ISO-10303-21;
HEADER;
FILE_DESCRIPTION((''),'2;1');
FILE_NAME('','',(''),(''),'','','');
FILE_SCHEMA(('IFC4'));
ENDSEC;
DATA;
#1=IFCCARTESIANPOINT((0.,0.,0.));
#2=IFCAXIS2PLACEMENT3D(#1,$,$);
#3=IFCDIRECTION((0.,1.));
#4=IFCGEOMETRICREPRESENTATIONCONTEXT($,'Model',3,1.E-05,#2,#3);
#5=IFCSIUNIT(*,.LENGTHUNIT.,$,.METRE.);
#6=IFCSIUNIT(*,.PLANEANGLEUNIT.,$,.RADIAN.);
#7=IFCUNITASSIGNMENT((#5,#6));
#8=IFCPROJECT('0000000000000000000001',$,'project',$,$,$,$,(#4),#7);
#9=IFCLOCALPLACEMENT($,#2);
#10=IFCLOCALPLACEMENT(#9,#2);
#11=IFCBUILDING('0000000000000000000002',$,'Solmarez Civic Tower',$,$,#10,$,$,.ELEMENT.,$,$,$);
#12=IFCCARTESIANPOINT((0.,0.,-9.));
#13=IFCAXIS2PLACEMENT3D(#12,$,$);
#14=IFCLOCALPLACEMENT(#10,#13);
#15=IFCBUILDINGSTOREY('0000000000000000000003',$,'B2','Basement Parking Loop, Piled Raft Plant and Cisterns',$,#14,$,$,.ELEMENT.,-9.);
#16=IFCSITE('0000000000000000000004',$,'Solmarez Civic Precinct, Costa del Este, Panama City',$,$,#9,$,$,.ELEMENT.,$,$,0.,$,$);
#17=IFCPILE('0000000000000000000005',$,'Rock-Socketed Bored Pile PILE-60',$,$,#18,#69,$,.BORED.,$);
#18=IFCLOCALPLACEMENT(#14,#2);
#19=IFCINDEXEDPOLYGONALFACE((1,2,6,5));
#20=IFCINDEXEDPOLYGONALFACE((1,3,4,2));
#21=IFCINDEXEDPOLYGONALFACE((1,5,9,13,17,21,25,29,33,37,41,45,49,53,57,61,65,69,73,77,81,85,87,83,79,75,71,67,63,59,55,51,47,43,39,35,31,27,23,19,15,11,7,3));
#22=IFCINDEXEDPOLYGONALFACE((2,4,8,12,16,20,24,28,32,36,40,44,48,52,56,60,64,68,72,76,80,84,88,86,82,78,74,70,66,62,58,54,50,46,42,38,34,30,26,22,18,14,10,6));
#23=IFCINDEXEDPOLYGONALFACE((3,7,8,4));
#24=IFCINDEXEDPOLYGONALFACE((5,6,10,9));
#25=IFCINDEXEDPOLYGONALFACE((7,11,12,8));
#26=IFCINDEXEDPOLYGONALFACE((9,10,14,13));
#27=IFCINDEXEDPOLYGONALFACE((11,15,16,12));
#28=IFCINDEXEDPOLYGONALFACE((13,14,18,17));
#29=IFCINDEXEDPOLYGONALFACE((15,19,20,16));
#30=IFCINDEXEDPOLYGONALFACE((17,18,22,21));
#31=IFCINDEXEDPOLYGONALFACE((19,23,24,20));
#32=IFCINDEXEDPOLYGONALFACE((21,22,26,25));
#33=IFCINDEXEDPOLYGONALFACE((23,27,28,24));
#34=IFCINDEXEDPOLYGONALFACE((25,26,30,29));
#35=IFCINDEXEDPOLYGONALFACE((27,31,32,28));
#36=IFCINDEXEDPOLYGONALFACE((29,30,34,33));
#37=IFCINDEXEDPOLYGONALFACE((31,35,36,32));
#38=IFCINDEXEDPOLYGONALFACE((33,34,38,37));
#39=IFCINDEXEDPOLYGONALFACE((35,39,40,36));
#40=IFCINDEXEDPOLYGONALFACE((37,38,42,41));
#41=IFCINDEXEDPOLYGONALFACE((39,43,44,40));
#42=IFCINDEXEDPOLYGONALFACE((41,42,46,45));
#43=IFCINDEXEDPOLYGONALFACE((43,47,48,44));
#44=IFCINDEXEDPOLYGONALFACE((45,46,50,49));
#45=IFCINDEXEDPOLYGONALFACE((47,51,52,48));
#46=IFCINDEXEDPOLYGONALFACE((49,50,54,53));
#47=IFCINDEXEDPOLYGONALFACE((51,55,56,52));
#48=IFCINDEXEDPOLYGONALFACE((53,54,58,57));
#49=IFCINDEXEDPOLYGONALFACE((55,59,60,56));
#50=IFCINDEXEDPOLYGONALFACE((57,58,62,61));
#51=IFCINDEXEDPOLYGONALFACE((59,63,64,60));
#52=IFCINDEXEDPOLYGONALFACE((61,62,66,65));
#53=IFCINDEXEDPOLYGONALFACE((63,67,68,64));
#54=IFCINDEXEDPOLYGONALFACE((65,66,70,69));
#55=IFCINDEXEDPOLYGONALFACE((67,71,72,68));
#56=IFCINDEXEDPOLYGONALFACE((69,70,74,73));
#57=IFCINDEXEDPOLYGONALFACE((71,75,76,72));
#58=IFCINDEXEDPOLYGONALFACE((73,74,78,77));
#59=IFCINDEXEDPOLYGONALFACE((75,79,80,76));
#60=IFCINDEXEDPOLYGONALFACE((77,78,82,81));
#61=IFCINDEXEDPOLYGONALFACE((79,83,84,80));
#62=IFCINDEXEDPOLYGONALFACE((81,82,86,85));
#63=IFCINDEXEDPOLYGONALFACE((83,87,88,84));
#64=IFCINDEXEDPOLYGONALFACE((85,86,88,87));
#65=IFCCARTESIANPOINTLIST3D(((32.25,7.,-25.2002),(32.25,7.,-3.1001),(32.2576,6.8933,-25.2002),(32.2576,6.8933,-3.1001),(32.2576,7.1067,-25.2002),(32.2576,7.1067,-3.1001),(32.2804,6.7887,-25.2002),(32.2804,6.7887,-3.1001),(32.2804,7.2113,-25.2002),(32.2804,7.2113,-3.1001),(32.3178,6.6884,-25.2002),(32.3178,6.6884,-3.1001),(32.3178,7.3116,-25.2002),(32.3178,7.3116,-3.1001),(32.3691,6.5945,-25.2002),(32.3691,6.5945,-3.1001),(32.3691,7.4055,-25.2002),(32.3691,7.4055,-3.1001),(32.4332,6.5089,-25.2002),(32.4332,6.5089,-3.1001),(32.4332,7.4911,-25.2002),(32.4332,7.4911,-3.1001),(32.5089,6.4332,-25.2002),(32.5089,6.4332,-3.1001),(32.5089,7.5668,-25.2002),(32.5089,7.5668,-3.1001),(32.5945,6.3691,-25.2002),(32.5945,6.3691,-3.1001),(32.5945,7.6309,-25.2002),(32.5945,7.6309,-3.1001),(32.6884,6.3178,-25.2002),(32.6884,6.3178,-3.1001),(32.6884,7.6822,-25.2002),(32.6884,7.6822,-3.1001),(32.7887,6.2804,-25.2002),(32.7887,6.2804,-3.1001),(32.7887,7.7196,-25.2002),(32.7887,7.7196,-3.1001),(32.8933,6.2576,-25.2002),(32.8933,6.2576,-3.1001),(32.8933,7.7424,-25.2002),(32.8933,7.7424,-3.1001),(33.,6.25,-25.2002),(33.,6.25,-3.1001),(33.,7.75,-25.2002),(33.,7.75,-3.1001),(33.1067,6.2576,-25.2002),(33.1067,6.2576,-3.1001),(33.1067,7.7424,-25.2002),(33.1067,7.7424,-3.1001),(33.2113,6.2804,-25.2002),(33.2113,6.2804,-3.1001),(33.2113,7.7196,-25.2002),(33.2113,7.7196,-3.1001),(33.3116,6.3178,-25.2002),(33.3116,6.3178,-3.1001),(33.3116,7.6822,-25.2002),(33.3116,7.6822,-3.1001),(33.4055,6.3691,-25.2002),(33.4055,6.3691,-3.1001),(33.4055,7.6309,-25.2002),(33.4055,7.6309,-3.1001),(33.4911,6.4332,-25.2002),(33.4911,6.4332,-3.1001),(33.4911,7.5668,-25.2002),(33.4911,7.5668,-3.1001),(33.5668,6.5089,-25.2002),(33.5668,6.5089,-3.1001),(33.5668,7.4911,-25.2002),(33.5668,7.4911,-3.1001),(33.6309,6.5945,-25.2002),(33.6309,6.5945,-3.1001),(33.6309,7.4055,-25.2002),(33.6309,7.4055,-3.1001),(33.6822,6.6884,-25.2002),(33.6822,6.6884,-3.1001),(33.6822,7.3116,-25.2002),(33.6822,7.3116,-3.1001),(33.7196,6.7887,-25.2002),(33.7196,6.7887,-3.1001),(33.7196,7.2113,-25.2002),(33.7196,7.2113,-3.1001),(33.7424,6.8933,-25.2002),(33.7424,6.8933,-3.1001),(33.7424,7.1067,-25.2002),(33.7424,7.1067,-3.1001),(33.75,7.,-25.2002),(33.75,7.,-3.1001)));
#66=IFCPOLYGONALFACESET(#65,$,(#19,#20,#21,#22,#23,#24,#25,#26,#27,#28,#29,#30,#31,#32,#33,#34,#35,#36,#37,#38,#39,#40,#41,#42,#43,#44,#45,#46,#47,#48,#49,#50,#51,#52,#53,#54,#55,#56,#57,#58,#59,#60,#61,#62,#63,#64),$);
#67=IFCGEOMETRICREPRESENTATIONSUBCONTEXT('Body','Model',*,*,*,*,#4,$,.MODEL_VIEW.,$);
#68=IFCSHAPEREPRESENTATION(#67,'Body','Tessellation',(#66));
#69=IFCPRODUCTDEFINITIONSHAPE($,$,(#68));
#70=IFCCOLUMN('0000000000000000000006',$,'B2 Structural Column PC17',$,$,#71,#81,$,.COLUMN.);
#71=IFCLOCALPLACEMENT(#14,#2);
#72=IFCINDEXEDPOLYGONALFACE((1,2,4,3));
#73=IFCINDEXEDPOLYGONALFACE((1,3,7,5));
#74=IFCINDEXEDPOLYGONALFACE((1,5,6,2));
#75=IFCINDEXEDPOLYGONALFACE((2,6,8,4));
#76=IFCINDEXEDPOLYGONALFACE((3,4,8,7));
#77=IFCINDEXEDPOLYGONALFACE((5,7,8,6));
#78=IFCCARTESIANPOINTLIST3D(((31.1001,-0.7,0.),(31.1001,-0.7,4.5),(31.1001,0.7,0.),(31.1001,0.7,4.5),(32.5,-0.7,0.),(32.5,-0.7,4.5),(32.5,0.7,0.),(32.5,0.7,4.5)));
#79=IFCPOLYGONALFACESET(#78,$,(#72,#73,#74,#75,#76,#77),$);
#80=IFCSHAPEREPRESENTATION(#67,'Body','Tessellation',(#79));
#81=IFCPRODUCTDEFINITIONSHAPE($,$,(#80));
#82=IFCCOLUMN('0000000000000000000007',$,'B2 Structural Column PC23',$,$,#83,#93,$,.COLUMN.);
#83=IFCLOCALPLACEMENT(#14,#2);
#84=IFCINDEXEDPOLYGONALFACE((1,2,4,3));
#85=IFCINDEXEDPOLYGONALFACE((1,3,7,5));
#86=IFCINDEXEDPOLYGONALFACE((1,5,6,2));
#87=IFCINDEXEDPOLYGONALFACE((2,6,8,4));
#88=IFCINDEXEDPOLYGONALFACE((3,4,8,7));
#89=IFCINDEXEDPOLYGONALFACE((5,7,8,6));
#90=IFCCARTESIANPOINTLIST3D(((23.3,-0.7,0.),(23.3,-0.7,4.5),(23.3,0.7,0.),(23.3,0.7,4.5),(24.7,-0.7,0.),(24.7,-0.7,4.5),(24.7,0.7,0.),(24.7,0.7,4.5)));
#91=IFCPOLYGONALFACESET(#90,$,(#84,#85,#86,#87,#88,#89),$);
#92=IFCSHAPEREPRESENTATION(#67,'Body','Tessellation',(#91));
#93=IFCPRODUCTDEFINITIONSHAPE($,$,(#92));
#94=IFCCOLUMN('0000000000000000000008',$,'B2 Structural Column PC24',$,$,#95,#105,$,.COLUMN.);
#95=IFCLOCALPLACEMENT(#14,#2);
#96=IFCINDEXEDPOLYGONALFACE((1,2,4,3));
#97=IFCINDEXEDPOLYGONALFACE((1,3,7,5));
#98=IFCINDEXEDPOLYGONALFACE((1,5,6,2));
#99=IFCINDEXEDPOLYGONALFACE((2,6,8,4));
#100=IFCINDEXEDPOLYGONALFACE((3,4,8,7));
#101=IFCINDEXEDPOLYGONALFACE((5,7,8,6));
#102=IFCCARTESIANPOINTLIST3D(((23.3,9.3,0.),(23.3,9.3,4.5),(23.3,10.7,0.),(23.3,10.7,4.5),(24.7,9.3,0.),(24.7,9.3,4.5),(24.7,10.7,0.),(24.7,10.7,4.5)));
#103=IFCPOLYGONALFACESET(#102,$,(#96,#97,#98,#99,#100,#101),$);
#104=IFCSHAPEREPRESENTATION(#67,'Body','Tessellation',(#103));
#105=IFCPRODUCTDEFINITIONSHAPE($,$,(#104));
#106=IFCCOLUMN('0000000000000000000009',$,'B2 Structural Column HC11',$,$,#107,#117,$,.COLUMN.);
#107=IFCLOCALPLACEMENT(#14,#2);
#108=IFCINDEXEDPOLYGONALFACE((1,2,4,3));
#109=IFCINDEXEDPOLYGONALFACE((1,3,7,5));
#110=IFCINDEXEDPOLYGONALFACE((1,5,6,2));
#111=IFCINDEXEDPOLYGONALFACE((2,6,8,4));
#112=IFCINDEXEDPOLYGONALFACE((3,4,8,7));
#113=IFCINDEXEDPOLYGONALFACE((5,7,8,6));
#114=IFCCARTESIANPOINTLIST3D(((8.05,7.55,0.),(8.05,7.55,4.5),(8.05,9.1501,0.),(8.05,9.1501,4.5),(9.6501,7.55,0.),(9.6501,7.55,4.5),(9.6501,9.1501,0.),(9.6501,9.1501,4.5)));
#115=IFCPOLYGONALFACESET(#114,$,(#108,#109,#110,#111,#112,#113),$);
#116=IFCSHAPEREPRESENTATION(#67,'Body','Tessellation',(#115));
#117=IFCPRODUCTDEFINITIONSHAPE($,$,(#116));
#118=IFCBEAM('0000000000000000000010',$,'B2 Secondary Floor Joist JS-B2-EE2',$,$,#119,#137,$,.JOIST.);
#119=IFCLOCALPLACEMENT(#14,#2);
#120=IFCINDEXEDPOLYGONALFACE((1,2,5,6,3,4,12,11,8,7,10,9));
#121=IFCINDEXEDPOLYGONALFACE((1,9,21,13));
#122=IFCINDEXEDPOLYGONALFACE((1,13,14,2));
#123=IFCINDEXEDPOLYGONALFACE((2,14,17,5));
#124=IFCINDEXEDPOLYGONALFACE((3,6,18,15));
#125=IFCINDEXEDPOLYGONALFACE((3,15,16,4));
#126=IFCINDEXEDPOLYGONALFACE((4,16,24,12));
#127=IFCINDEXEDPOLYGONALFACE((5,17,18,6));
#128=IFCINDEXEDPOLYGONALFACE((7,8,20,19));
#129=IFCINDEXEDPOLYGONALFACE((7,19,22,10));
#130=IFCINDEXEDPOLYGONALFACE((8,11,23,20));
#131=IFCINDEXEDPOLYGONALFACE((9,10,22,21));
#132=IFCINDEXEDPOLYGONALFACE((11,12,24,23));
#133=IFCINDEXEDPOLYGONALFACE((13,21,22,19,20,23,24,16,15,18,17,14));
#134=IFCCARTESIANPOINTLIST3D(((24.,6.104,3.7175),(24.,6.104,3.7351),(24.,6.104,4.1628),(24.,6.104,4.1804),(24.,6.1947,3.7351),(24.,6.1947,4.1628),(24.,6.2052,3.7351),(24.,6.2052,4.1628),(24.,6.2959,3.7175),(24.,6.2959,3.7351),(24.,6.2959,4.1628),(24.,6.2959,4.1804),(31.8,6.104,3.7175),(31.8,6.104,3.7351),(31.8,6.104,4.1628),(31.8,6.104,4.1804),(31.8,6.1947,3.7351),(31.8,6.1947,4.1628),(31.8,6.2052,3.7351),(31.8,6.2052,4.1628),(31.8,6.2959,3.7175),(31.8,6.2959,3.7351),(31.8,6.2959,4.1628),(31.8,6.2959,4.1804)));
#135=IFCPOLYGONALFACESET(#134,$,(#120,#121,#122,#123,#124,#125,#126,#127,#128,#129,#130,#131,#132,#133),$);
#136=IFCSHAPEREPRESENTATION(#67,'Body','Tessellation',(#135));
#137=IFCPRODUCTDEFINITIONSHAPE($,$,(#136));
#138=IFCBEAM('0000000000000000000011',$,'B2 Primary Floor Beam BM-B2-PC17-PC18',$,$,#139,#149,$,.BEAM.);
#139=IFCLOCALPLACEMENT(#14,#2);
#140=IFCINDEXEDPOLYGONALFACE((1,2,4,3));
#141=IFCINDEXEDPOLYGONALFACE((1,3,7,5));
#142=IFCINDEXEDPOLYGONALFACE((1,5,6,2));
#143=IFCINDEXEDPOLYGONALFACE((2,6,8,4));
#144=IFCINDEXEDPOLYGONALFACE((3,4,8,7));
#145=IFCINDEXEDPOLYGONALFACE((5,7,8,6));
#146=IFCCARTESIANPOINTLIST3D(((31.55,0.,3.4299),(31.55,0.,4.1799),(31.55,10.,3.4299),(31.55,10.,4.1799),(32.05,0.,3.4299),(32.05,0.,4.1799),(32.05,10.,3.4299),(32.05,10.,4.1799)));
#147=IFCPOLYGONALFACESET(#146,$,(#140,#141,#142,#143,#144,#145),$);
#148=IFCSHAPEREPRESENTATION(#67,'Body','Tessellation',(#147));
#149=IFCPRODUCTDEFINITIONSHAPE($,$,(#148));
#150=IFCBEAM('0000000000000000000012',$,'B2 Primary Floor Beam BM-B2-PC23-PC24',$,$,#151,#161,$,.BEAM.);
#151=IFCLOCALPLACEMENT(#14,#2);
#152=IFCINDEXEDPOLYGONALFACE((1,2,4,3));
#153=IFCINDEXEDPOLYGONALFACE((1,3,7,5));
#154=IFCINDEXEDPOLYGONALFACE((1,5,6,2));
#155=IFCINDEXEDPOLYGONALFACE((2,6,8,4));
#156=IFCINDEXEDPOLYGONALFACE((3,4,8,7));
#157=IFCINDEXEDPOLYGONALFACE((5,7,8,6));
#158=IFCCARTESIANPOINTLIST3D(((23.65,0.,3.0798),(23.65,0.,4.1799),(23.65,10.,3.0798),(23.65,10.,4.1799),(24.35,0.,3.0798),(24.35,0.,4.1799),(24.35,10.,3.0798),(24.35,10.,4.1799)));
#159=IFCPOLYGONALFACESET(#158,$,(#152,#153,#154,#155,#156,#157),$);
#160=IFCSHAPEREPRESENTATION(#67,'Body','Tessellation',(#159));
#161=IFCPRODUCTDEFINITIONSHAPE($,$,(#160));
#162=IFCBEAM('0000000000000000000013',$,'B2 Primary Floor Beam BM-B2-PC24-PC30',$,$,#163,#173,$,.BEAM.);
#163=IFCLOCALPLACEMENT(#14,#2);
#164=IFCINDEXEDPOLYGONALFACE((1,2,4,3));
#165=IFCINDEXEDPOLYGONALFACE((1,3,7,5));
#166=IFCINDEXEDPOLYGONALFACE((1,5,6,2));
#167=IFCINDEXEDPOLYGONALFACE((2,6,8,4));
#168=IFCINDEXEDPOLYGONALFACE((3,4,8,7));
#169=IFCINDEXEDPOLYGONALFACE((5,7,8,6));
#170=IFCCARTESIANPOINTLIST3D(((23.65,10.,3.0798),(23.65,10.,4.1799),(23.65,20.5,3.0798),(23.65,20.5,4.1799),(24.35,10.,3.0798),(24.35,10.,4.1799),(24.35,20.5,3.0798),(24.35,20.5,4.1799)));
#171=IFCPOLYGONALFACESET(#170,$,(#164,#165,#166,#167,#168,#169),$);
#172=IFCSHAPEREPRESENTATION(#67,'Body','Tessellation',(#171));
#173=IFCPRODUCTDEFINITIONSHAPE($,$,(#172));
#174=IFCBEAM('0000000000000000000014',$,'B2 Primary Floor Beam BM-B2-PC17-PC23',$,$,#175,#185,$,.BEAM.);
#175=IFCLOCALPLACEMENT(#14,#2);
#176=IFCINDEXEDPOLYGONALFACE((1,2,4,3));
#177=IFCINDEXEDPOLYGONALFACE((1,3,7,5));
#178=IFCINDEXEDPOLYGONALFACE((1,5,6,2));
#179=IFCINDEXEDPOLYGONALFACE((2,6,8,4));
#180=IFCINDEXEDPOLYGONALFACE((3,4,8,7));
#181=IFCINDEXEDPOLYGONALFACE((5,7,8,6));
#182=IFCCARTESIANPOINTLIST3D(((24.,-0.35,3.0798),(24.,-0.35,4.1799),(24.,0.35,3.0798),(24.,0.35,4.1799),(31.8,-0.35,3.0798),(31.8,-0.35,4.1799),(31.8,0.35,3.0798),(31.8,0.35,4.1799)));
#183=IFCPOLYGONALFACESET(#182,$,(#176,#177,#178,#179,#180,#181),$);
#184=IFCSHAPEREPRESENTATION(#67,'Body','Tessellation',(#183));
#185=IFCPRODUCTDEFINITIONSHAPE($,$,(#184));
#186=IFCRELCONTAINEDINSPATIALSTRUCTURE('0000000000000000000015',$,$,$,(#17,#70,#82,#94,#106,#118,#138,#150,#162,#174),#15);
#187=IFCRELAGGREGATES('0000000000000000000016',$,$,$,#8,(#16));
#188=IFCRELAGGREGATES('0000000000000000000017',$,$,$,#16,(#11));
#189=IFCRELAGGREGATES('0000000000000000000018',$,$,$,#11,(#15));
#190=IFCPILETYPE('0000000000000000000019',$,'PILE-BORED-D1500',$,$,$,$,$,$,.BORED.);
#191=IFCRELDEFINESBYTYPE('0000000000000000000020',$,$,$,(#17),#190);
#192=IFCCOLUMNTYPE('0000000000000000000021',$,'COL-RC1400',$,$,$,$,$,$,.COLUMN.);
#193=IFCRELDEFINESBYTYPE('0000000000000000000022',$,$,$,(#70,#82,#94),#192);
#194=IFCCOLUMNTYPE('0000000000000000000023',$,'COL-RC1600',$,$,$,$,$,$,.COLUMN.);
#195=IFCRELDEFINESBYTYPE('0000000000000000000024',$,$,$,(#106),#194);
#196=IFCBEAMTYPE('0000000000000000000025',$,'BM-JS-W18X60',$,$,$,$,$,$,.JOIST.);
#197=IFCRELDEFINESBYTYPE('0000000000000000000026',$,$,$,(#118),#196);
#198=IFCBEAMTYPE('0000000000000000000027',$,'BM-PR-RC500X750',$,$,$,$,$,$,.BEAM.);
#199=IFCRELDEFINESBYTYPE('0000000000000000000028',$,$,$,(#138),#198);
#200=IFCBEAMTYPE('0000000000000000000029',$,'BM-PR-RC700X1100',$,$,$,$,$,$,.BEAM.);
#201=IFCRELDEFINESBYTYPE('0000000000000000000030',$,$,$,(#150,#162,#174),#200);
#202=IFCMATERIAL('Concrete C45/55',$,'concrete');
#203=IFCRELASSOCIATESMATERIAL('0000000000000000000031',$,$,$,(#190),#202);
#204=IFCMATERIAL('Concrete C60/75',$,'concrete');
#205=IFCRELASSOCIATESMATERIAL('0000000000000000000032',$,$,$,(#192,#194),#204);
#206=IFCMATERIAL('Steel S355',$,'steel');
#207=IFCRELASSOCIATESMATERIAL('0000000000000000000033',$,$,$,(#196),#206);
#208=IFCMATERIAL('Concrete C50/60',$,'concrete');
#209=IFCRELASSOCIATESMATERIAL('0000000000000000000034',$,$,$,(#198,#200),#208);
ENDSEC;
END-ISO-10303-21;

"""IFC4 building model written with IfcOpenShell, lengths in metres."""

from ifc_helpers import new_model, si_unit, direction, frame, origin, origin_2d, place, context, subcontext, project, spatial, rectangle, circle, i_section, extrude, material, material_profile, profile_set, type_object, element, save


model = new_model("IFC4")

# Units and contexts
model_context = context("Model", 3, precision=1e-05, world=origin(), true_north=direction((0.0, 1.0)))
body_context = subcontext(model_context, "Body", "Model", "MODEL_VIEW")
ifc_project = project(units=[si_unit("LENGTHUNIT", "METRE"), si_unit("PLANEANGLEUNIT", "RADIAN")], contexts=[model_context])

# Site, building, storey
site_placement = place(None, origin())
site = spatial("IfcSite", under=ifc_project, at=site_placement, Name="Solmarez Civic Precinct, Costa del Este, Panama City", CompositionType="ELEMENT", RefElevation=0.0)
building_placement = place(site_placement, origin())
building = spatial("IfcBuilding", under=site, at=building_placement, Name="Solmarez Civic Tower", CompositionType="ELEMENT")
storey_placement = place(building_placement, frame((0.0, 0.0, -9.0)))
storey = spatial("IfcBuildingStorey", under=building, at=storey_placement, Name="B2", Description="Basement Parking Loop, Piled Raft Plant and Cisterns", CompositionType="ELEMENT", Elevation=-9.0)

# Pile
ifc_material_1 = material(Name="Concrete C45/55", Category="concrete")
ifc_material_profile_1 = material_profile(ifc_material_1, circle(Radius=0.75, at=origin_2d()), Name="PILE-D1500")
ifc_profile_set_1 = profile_set([ifc_material_profile_1], Name="Concrete C45/55")
pile_type = type_object("IfcPileType", Name="PILE-BORED-D1500", PredefinedType="BORED", material=ifc_profile_set_1)
for number, where, z_axis, x_axis, name in (
    (1, (33.0, 7.0, -3.1001), (0.0, 0.0, -1.0), (1.0, 0.0, 0.0), "Rock-Socketed Bored Pile PILE-60"),
):
    element("IfcPile", number, at=place(storey_placement, frame(where, z_axis=z_axis, x_axis=x_axis)), inside=storey, type_object=pile_type, Name=name, PredefinedType="BORED", context=body_context, shape_type="SweptSolid", body=[
        extrude(circle(Radius=0.75, at=origin_2d()), origin(), (0.0, 0.0, 1.0), 22.1001),
    ])

# Columns
ifc_material_2 = material(Name="Concrete C60/75", Category="concrete")
ifc_material_profile_2 = material_profile(ifc_material_2, rectangle(XDim=1.3999, YDim=1.3999, at=origin_2d()), Name="RC1400X1400")
ifc_profile_set_2 = profile_set([ifc_material_profile_2], Name="Concrete C60/75")
column_type_1 = type_object("IfcColumnType", Name="COL-RC1400", PredefinedType="COLUMN", material=ifc_profile_set_2)
for number, where, z_axis, x_axis, name in (
    (2, (31.8, 0.0, 0.0), (0.0, 0.0, 1.0), (1.0, 0.0, 0.0), "B2 Structural Column PC17"),
    (3, (24.0, 0.0, 0.0), (0.0, 0.0, 1.0), (1.0, 0.0, 0.0), "B2 Structural Column PC23"),
    (4, (24.0, 10.0, 0.0), (0.0, 0.0, 1.0), (1.0, 0.0, 0.0), "B2 Structural Column PC24"),
):
    element("IfcColumn", number, at=place(storey_placement, frame(where, z_axis=z_axis, x_axis=x_axis)), inside=storey, type_object=column_type_1, Name=name, PredefinedType="COLUMN", context=body_context, shape_type="SweptSolid", body=[
        extrude(rectangle(XDim=1.3999, YDim=1.3999, at=origin_2d()), origin(), (0.0, 0.0, 1.0), 4.5),
    ])
ifc_material_profile_3 = material_profile(ifc_material_2, rectangle(XDim=1.6001, YDim=1.6001, at=origin_2d()), Name="RC1600X1600")
ifc_profile_set_3 = profile_set([ifc_material_profile_3], Name="Concrete C60/75")
column_type_2 = type_object("IfcColumnType", Name="COL-RC1600", PredefinedType="COLUMN", material=ifc_profile_set_3)
column_placement = place(storey_placement, frame((8.8501, 8.3501, 0.0), z_axis=(0.0, 0.0, 1.0), x_axis=(1.0, 0.0, 0.0)))
element("IfcColumn", 5, at=column_placement, inside=storey, type_object=column_type_2, Name="B2 Structural Column HC11", PredefinedType="COLUMN", context=body_context, shape_type="SweptSolid", body=[
    extrude(rectangle(XDim=1.6001, YDim=1.6001, at=origin_2d()), origin(), (0.0, 0.0, 1.0), 4.5),
])

# Beams
ifc_material_3 = material(Name="Steel S355", Category="steel")
ifc_material_profile_4 = material_profile(ifc_material_3, i_section(OverallWidth=0.1919, OverallDepth=0.4629, WebThickness=0.0105, FlangeThickness=0.0176, at=origin_2d()), Name="W18X60")
ifc_profile_set_4 = profile_set([ifc_material_profile_4], Name="Steel S355")
beam_type_1 = type_object("IfcBeamType", Name="BM-JS-W18X60", PredefinedType="JOIST", material=ifc_profile_set_4)
beam_1_placement = place(storey_placement, frame((24.0, 6.2, 3.949), z_axis=(1.0, 0.0, 0.0), x_axis=(0.0, 1.0, 0.0)))
element("IfcBeam", 6, at=beam_1_placement, inside=storey, type_object=beam_type_1, Name="B2 Secondary Floor Joist JS-B2-EE2", PredefinedType="JOIST", context=body_context, shape_type="SweptSolid", body=[
    extrude(i_section(OverallWidth=0.1919, OverallDepth=0.4629, WebThickness=0.0105, FlangeThickness=0.0176, at=origin_2d()), origin(), (0.0, 0.0, 1.0), 7.8),
])
ifc_material_4 = material(Name="Concrete C50/60", Category="concrete")
ifc_material_profile_5 = material_profile(ifc_material_4, rectangle(XDim=0.5, YDim=0.75, at=origin_2d()), Name="RC500X750")
ifc_profile_set_5 = profile_set([ifc_material_profile_5], Name="Concrete C50/60")
beam_type_2 = type_object("IfcBeamType", Name="BM-PR-RC500X750", PredefinedType="BEAM", material=ifc_profile_set_5)
beam_2_placement = place(storey_placement, frame((31.8, 0.0, 3.8049), z_axis=(0.0, 1.0, 0.0), x_axis=(-1.0, 0.0, 0.0)))
element("IfcBeam", 7, at=beam_2_placement, inside=storey, type_object=beam_type_2, Name="B2 Primary Floor Beam BM-B2-PC17-PC18", PredefinedType="BEAM", context=body_context, shape_type="SweptSolid", body=[
    extrude(rectangle(XDim=0.5, YDim=0.75, at=origin_2d()), origin(), (0.0, 0.0, 1.0), 10.0),
])
ifc_material_profile_6 = material_profile(ifc_material_4, rectangle(XDim=0.7, YDim=1.1001, at=origin_2d()), Name="RC700X1100")
ifc_profile_set_6 = profile_set([ifc_material_profile_6], Name="Concrete C50/60")
beam_type_3 = type_object("IfcBeamType", Name="BM-PR-RC700X1100", PredefinedType="BEAM", material=ifc_profile_set_6)
beam_3_placement = place(storey_placement, frame((24.0, 0.0, 3.6299), z_axis=(0.0, 1.0, 0.0), x_axis=(-1.0, 0.0, 0.0)))
element("IfcBeam", 8, at=beam_3_placement, inside=storey, type_object=beam_type_3, Name="B2 Primary Floor Beam BM-B2-PC23-PC24", PredefinedType="BEAM", context=body_context, shape_type="SweptSolid", body=[
    extrude(rectangle(XDim=0.7, YDim=1.1001, at=origin_2d()), origin(), (0.0, 0.0, 1.0), 10.0),
])
beam_4_placement = place(storey_placement, frame((24.0, 10.0, 3.6299), z_axis=(0.0, 1.0, 0.0), x_axis=(-1.0, 0.0, 0.0)))
element("IfcBeam", 9, at=beam_4_placement, inside=storey, type_object=beam_type_3, Name="B2 Primary Floor Beam BM-B2-PC24-PC30", PredefinedType="BEAM", context=body_context, shape_type="SweptSolid", body=[
    extrude(rectangle(XDim=0.7, YDim=1.1001, at=origin_2d()), origin(), (0.0, 0.0, 1.0), 10.5),
])
beam_5_placement = place(storey_placement, frame((31.8, 0.0, 3.6299), z_axis=(-1.0, 0.0, 0.0), x_axis=(0.0, -1.0, 0.0)))
element("IfcBeam", 10, at=beam_5_placement, inside=storey, type_object=beam_type_3, Name="B2 Primary Floor Beam BM-B2-PC17-PC23", PredefinedType="BEAM", context=body_context, shape_type="SweptSolid", body=[
    extrude(rectangle(XDim=0.7, YDim=1.1001, at=origin_2d()), origin(), (0.0, 0.0, 1.0), 7.8),
])

save(model, "model.ifc")
